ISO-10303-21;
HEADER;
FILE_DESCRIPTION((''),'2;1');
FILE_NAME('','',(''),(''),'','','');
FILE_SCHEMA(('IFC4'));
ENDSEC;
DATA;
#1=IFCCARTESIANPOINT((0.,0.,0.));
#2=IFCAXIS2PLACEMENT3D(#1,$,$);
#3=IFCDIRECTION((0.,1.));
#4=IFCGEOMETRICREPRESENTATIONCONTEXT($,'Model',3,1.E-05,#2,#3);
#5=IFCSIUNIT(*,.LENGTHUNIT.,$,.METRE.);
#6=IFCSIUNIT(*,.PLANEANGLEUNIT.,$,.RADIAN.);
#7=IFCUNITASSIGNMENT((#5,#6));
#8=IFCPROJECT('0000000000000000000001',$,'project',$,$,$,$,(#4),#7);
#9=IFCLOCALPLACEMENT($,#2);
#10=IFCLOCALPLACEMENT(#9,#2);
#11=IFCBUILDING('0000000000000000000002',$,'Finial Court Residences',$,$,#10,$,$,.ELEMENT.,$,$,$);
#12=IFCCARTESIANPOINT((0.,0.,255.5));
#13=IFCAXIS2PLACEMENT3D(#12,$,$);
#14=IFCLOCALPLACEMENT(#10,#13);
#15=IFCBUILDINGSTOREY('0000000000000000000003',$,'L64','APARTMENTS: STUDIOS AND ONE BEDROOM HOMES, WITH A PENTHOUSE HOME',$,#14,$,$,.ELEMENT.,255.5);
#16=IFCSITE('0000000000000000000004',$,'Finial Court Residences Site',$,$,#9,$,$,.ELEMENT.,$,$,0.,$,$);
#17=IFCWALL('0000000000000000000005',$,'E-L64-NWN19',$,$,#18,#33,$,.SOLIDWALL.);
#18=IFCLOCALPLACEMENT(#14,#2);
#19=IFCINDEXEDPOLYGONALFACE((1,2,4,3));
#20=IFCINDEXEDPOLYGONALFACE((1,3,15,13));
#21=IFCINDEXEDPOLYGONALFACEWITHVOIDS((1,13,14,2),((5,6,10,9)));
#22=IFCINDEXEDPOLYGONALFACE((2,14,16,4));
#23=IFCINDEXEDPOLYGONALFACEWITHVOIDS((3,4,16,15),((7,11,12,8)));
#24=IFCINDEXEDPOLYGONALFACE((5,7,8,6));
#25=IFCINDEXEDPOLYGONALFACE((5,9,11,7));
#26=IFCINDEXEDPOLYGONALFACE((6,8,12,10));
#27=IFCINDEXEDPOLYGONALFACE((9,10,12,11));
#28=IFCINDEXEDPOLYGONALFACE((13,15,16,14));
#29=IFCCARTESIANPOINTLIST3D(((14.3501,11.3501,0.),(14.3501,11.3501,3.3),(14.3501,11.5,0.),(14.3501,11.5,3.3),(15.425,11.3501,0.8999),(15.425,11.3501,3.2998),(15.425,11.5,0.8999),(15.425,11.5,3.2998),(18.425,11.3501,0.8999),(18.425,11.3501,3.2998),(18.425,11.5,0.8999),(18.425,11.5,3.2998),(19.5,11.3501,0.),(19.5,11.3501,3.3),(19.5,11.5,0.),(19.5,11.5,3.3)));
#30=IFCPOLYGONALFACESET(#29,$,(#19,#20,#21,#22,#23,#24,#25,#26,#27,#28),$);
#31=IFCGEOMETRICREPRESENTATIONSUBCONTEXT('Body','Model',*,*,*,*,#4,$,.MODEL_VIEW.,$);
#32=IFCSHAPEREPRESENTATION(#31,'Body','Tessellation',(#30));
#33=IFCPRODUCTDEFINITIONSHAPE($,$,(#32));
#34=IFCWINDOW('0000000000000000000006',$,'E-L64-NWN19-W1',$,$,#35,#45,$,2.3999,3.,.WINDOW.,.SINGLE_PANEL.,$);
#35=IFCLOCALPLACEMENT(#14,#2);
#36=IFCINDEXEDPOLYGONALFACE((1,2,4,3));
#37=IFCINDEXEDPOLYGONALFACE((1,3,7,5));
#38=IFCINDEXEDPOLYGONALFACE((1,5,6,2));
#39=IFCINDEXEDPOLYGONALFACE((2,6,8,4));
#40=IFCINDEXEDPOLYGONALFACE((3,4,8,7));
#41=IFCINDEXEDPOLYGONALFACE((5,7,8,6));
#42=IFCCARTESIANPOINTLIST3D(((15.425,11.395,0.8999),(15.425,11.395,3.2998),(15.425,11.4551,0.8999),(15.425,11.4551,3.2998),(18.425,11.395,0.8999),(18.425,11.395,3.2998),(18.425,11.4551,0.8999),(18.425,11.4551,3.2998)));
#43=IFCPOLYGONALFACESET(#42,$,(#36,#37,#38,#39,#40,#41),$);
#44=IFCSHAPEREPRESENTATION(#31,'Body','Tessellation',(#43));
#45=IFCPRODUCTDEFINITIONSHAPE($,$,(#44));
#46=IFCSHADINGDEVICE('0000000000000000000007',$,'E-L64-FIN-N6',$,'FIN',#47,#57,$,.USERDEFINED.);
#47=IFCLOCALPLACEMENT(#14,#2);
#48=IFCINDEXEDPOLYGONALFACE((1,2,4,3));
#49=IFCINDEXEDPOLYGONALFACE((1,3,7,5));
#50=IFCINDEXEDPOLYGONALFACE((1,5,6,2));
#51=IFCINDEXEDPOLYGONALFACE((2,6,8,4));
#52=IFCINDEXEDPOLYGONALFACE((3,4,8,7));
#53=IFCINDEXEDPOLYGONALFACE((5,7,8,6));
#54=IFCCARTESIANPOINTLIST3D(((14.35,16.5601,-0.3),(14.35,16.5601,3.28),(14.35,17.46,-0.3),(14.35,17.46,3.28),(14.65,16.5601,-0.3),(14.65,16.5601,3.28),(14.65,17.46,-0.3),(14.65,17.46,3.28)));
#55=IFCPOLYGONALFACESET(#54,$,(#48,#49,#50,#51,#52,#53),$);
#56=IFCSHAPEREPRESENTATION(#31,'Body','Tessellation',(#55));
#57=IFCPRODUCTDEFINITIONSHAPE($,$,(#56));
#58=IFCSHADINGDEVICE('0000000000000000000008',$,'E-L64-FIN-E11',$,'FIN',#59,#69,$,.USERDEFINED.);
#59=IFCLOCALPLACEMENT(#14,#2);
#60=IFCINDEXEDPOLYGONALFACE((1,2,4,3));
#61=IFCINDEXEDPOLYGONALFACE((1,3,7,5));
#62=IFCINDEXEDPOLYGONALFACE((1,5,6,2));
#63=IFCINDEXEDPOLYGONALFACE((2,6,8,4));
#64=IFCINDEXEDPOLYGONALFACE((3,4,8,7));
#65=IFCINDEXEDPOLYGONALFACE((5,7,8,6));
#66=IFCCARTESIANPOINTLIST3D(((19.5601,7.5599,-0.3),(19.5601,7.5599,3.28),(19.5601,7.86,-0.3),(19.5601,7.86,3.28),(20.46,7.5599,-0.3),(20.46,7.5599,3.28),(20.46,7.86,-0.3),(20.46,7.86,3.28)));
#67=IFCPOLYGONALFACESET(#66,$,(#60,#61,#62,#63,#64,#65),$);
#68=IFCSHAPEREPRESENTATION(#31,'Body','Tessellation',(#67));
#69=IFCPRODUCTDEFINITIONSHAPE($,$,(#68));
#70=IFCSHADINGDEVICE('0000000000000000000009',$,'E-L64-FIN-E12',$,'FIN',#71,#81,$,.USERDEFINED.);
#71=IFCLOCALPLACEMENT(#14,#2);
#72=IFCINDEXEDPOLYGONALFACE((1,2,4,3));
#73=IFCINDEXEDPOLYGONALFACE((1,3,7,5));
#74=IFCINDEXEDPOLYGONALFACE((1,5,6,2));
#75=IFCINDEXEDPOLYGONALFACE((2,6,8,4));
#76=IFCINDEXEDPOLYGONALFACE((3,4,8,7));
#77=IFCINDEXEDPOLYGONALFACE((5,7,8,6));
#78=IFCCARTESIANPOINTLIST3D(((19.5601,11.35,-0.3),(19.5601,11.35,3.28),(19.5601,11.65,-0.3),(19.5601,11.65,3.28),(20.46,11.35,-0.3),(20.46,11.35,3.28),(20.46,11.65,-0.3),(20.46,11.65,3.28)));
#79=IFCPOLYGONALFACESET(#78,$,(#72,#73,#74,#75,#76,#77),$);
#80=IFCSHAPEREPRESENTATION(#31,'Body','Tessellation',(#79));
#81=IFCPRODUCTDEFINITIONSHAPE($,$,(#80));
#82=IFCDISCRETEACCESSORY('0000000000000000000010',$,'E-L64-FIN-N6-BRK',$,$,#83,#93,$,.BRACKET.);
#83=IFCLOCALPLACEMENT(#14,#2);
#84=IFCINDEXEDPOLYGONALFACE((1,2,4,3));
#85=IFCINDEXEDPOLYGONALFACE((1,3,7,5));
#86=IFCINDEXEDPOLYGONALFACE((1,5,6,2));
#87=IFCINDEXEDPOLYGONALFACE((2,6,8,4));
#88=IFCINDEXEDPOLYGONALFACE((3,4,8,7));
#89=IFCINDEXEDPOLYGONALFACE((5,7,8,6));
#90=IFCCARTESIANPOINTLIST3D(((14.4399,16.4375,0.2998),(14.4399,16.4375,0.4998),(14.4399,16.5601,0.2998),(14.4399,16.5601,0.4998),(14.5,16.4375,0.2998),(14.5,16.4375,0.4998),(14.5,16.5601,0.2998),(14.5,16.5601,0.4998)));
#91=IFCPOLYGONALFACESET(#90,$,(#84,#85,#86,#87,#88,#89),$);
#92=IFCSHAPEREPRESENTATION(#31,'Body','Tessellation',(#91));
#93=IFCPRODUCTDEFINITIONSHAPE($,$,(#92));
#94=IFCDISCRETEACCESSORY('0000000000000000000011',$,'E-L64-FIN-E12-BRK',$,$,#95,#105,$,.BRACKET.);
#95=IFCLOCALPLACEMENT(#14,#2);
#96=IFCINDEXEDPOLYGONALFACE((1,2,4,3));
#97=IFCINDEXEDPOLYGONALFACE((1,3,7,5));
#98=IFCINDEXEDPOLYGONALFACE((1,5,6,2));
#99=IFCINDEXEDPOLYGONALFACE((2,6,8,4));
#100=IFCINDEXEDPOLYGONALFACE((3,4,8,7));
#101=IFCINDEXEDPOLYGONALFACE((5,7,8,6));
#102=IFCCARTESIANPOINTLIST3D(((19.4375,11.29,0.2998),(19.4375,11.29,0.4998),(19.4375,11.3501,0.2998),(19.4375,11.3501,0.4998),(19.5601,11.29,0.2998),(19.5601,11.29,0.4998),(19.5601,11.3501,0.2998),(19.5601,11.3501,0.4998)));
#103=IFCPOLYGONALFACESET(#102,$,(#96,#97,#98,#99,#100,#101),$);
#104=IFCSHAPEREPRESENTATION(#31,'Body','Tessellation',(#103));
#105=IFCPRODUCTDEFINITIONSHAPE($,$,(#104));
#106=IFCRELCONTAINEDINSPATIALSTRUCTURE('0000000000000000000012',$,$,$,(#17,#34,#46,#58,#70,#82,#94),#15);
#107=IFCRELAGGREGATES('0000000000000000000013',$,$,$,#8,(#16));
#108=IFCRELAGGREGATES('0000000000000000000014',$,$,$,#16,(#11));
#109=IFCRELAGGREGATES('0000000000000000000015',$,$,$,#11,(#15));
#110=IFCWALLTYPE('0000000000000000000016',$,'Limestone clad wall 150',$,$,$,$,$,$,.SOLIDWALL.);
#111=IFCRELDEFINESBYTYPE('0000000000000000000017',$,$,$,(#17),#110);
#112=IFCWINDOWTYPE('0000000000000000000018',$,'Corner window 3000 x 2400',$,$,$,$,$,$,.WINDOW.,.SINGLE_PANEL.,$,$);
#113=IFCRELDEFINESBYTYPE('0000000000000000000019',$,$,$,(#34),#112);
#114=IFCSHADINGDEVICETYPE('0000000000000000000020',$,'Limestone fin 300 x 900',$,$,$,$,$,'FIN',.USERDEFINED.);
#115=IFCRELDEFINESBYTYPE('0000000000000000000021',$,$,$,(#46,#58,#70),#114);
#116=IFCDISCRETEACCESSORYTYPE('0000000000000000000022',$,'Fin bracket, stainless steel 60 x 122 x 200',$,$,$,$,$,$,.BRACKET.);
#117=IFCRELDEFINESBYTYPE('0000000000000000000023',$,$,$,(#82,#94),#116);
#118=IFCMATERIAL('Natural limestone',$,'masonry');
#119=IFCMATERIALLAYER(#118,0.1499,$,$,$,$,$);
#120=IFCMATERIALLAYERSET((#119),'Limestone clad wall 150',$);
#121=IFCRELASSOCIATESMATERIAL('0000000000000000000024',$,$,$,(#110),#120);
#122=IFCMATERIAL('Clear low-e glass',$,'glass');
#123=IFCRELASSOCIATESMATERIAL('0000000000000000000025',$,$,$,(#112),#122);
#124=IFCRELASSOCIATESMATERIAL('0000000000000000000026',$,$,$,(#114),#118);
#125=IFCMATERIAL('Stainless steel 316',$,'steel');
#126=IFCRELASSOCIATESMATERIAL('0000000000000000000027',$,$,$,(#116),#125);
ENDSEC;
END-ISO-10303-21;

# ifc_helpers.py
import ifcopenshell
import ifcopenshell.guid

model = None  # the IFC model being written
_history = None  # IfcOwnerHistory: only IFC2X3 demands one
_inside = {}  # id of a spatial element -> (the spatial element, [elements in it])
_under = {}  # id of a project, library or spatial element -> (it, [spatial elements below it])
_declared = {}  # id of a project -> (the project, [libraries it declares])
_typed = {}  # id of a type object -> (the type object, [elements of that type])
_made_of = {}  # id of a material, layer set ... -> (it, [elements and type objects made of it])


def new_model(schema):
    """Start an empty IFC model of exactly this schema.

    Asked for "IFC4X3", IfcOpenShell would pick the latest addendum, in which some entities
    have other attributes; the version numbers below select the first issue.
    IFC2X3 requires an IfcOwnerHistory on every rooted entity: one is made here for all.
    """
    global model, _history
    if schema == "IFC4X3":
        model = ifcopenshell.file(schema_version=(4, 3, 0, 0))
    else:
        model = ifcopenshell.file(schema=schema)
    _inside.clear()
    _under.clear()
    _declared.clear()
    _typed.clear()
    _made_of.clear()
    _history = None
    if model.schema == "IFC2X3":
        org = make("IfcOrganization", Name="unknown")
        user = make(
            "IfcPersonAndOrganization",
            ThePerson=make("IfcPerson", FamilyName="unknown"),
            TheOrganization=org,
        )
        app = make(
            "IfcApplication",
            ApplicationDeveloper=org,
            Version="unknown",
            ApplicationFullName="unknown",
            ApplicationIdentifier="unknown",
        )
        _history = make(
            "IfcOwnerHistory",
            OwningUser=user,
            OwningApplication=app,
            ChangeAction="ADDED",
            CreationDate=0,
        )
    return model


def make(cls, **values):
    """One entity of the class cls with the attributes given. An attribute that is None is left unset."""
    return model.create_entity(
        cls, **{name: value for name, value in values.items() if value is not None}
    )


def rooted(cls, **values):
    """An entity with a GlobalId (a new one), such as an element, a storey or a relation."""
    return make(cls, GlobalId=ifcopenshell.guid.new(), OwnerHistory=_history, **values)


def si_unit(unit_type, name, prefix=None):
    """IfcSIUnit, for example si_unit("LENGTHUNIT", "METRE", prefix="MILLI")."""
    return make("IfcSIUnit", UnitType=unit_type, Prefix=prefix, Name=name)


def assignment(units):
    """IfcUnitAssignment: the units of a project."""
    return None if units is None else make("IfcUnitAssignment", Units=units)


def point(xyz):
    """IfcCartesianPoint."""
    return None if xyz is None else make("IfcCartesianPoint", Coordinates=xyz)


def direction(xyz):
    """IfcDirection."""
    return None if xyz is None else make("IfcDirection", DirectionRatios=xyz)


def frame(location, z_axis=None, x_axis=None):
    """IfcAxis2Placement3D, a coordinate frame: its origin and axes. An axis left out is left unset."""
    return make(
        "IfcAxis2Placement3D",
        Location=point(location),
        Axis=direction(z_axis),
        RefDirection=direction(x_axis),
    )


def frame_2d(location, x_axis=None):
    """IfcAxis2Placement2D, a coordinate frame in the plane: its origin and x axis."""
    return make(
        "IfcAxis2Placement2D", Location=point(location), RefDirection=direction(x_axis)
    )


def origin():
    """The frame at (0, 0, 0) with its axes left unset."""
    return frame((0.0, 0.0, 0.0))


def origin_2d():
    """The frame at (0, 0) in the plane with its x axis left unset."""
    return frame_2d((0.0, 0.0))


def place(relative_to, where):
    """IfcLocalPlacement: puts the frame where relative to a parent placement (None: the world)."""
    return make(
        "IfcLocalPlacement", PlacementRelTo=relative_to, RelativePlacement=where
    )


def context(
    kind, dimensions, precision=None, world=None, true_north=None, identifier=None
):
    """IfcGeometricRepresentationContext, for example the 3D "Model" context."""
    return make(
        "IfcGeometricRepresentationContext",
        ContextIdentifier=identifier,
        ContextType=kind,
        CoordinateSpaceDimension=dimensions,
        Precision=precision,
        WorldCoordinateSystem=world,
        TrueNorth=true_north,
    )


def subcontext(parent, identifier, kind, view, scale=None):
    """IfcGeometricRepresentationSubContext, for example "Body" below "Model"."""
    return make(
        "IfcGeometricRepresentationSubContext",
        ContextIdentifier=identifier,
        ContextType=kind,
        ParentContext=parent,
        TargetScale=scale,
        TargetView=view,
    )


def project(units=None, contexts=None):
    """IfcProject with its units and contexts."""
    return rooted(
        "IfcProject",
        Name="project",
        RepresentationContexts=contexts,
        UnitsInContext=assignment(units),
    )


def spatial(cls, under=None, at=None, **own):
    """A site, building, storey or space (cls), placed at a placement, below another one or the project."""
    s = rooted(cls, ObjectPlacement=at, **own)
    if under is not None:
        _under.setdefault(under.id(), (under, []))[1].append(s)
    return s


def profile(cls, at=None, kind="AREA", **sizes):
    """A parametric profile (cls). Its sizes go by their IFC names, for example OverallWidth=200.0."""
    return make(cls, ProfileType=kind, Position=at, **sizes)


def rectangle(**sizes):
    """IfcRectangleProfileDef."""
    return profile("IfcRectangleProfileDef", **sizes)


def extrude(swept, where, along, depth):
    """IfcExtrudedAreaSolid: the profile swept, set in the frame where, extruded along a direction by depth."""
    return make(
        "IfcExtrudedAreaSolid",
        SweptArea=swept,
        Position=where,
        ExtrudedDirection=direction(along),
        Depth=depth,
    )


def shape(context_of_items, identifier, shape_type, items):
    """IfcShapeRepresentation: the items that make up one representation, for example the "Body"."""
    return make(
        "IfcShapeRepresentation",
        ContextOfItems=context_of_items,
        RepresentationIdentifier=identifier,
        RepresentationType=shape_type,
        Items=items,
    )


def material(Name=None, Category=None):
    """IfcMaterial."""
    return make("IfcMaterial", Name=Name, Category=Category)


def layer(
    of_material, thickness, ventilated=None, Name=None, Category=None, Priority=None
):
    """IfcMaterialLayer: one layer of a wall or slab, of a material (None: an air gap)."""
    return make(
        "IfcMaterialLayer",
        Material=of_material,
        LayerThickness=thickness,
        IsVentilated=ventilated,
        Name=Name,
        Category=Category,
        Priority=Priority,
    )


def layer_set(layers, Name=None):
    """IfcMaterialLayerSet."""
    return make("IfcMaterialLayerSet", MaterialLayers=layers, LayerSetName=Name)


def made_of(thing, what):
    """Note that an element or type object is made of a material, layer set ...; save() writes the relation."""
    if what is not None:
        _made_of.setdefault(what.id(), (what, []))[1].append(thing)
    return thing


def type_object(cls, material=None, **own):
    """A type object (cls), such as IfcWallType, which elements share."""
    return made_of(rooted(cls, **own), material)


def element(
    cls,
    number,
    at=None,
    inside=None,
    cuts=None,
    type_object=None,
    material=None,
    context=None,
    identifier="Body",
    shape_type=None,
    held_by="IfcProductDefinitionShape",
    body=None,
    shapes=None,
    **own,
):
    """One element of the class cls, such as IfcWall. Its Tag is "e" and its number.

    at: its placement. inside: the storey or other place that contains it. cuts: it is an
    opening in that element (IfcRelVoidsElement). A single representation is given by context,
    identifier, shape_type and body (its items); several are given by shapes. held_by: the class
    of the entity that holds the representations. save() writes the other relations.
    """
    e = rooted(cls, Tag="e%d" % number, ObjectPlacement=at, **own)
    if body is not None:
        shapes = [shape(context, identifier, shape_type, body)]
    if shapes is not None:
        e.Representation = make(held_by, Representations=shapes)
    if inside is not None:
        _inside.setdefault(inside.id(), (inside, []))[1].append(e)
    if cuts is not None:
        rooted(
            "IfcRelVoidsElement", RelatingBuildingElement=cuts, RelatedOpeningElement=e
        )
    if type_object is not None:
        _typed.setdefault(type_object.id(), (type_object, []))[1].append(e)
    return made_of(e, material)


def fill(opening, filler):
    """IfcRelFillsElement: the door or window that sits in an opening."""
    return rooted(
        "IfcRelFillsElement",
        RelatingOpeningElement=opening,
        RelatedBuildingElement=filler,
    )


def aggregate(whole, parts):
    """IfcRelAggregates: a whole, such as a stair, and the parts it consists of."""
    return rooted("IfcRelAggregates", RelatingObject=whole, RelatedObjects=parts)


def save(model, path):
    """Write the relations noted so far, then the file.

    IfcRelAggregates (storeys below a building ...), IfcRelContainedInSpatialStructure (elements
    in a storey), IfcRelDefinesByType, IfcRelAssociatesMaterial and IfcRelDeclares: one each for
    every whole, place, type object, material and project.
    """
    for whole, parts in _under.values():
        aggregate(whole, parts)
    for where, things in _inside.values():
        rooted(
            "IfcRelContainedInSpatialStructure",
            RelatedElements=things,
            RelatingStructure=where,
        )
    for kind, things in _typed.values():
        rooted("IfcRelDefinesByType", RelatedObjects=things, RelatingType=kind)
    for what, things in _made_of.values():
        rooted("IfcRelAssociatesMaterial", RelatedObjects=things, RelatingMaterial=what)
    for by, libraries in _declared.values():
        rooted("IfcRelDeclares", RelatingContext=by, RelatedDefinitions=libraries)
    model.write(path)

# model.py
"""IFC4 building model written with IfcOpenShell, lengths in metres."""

from ifc_helpers import new_model, si_unit, direction, frame, frame_2d, origin, origin_2d, place, context, subcontext, project, spatial, rectangle, extrude, material, layer, layer_set, type_object, element, fill, save


model = new_model("IFC4")

# Units and contexts
model_context = context("Model", 3, precision=1e-05, world=origin(), true_north=direction((0.0, 1.0)))
body_context = subcontext(model_context, "Body", "Model", "MODEL_VIEW")
ifc_project = project(units=[si_unit("LENGTHUNIT", "METRE"), si_unit("PLANEANGLEUNIT", "RADIAN")], contexts=[model_context])

# Site, building, storey
site_placement = place(None, origin())
site = spatial("IfcSite", under=ifc_project, at=site_placement, Name="Finial Court Residences Site", CompositionType="ELEMENT", RefElevation=0.0)
building_placement = place(site_placement, origin())
building = spatial("IfcBuilding", under=site, at=building_placement, Name="Finial Court Residences", CompositionType="ELEMENT")
storey_placement = place(building_placement, frame((0.0, 0.0, 255.5)))
storey = spatial("IfcBuildingStorey", under=building, at=storey_placement, Name="L64", Description="APARTMENTS: STUDIOS AND ONE BEDROOM HOMES, WITH A PENTHOUSE HOME", CompositionType="ELEMENT", Elevation=255.5)

# Shared definitions
ifc_material_1 = material(Name="Clear low-e glass", Category="glass")

# Wall, opening, window
ifc_material_2 = material(Name="Natural limestone", Category="masonry")
ifc_layer_1 = layer(ifc_material_2, 0.1499)
ifc_layer_set_1 = layer_set([ifc_layer_1], Name="Limestone clad wall 150")
wall_type_1 = type_object("IfcWallType", Name="Limestone clad wall 150", PredefinedType="SOLIDWALL", material=ifc_layer_set_1)
window_type = type_object("IfcWindowType", Name="Corner window 3000 x 2400", PartitioningType="SINGLE_PANEL", PredefinedType="WINDOW", material=ifc_material_1)
wall_1_placement = place(storey_placement, frame((14.3501, 11.425, 0.0), z_axis=(0.0, 0.0, 1.0), x_axis=(1.0, 0.0, 0.0)))
wall_1 = element("IfcWall", 1, at=wall_1_placement, inside=storey, type_object=wall_type_1, Name="E-L64-NWN19", PredefinedType="SOLIDWALL", context=body_context, shape_type="SweptSolid", body=[
    extrude(rectangle(XDim=5.1499, YDim=0.1499, at=frame_2d((2.575, 0.0))), origin(), (0.0, 0.0, 1.0), 3.3),
])
opening_1_placement = place(wall_1_placement, frame((1.075, 0.0, 0.8999)))
opening_1 = element("IfcOpeningElement", 2, at=opening_1_placement, cuts=wall_1, PredefinedType="OPENING", context=body_context, shape_type="SweptSolid", body=[
    extrude(rectangle(XDim=3.0, YDim=2.3999, at=frame_2d((1.5, 1.2))), frame((0.0, 0.085, 0.0), z_axis=(0.0, -1.0, 0.0), x_axis=(1.0, 0.0, 0.0)), (0.0, 0.0, 1.0), 0.1699),
])
window_1_placement = place(opening_1_placement, origin())
window_1 = element("IfcWindow", 3, at=window_1_placement, inside=storey, type_object=window_type, Name="E-L64-NWN19-W1", OverallHeight=2.3999, OverallWidth=3.0, PartitioningType="SINGLE_PANEL", PredefinedType="WINDOW", context=body_context, shape_type="SweptSolid", body=[
    extrude(rectangle(XDim=3.0, YDim=2.3999, at=frame_2d((1.5, 1.2))), frame((0.0, 0.03, 0.0), z_axis=(0.0, -1.0, 0.0), x_axis=(1.0, 0.0, 0.0)), (0.0, 0.0, 1.0), 0.0601),
])
fill(opening_1, window_1)

# Shading devices
shading_device_type = type_object("IfcShadingDeviceType", Name="Limestone fin 300 x 900", ElementType="FIN", PredefinedType="USERDEFINED", material=ifc_material_2)
shading_device_placement = place(storey_placement, frame((14.5, 17.01, -0.3), z_axis=(0.0, 0.0, 1.0), x_axis=(1.0, 0.0, 0.0)))
element("IfcShadingDevice", 4, at=shading_device_placement, inside=storey, type_object=shading_device_type, Name="E-L64-FIN-N6", ObjectType="FIN", PredefinedType="USERDEFINED", context=body_context, shape_type="SweptSolid", body=[
    extrude(rectangle(XDim=0.3, YDim=0.8999, at=origin_2d()), origin(), (0.0, 0.0, 1.0), 3.5801),
])
for number, where, z_axis, x_axis, name in (
    (5, (20.01, 7.71, -0.3), (0.0, 0.0, 1.0), (1.0, 0.0, 0.0), "E-L64-FIN-E11"),
    (6, (20.01, 11.5, -0.3), (0.0, 0.0, 1.0), (1.0, 0.0, 0.0), "E-L64-FIN-E12"),
):
    element("IfcShadingDevice", number, at=place(storey_placement, frame(where, z_axis=z_axis, x_axis=x_axis)), inside=storey, type_object=shading_device_type, Name=name, ObjectType="FIN", PredefinedType="USERDEFINED", context=body_context, shape_type="SweptSolid", body=[
        extrude(rectangle(XDim=0.8999, YDim=0.3, at=origin_2d()), origin(), (0.0, 0.0, 1.0), 3.5801),
    ])

# Discrete accessories
ifc_material_3 = material(Name="Stainless steel 316", Category="steel")
discrete_accessory_type = type_object("IfcDiscreteAccessoryType", Name="Fin bracket, stainless steel 60 x 122 x 200", PredefinedType="BRACKET", material=ifc_material_3)
discrete_accessory_1_placement = place(storey_placement, frame((14.47, 16.4988, 0.2998), z_axis=(0.0, 0.0, 1.0), x_axis=(1.0, 0.0, 0.0)))
element("IfcDiscreteAccessory", 7, at=discrete_accessory_1_placement, inside=storey, type_object=discrete_accessory_type, Name="E-L64-FIN-N6-BRK", PredefinedType="BRACKET", context=body_context, shape_type="SweptSolid", body=[
    extrude(rectangle(XDim=0.0601, YDim=0.1226, at=origin_2d()), origin(), (0.0, 0.0, 1.0), 0.2),
])
discrete_accessory_2_placement = place(storey_placement, frame((19.4988, 11.3201, 0.2998), z_axis=(0.0, 0.0, 1.0), x_axis=(1.0, 0.0, 0.0)))
element("IfcDiscreteAccessory", 8, at=discrete_accessory_2_placement, inside=storey, type_object=discrete_accessory_type, Name="E-L64-FIN-E12-BRK", PredefinedType="BRACKET", context=body_context, shape_type="SweptSolid", body=[
    extrude(rectangle(XDim=0.1226, YDim=0.0601, at=origin_2d()), origin(), (0.0, 0.0, 1.0), 0.2),
])

save(model, "model.ifc")
